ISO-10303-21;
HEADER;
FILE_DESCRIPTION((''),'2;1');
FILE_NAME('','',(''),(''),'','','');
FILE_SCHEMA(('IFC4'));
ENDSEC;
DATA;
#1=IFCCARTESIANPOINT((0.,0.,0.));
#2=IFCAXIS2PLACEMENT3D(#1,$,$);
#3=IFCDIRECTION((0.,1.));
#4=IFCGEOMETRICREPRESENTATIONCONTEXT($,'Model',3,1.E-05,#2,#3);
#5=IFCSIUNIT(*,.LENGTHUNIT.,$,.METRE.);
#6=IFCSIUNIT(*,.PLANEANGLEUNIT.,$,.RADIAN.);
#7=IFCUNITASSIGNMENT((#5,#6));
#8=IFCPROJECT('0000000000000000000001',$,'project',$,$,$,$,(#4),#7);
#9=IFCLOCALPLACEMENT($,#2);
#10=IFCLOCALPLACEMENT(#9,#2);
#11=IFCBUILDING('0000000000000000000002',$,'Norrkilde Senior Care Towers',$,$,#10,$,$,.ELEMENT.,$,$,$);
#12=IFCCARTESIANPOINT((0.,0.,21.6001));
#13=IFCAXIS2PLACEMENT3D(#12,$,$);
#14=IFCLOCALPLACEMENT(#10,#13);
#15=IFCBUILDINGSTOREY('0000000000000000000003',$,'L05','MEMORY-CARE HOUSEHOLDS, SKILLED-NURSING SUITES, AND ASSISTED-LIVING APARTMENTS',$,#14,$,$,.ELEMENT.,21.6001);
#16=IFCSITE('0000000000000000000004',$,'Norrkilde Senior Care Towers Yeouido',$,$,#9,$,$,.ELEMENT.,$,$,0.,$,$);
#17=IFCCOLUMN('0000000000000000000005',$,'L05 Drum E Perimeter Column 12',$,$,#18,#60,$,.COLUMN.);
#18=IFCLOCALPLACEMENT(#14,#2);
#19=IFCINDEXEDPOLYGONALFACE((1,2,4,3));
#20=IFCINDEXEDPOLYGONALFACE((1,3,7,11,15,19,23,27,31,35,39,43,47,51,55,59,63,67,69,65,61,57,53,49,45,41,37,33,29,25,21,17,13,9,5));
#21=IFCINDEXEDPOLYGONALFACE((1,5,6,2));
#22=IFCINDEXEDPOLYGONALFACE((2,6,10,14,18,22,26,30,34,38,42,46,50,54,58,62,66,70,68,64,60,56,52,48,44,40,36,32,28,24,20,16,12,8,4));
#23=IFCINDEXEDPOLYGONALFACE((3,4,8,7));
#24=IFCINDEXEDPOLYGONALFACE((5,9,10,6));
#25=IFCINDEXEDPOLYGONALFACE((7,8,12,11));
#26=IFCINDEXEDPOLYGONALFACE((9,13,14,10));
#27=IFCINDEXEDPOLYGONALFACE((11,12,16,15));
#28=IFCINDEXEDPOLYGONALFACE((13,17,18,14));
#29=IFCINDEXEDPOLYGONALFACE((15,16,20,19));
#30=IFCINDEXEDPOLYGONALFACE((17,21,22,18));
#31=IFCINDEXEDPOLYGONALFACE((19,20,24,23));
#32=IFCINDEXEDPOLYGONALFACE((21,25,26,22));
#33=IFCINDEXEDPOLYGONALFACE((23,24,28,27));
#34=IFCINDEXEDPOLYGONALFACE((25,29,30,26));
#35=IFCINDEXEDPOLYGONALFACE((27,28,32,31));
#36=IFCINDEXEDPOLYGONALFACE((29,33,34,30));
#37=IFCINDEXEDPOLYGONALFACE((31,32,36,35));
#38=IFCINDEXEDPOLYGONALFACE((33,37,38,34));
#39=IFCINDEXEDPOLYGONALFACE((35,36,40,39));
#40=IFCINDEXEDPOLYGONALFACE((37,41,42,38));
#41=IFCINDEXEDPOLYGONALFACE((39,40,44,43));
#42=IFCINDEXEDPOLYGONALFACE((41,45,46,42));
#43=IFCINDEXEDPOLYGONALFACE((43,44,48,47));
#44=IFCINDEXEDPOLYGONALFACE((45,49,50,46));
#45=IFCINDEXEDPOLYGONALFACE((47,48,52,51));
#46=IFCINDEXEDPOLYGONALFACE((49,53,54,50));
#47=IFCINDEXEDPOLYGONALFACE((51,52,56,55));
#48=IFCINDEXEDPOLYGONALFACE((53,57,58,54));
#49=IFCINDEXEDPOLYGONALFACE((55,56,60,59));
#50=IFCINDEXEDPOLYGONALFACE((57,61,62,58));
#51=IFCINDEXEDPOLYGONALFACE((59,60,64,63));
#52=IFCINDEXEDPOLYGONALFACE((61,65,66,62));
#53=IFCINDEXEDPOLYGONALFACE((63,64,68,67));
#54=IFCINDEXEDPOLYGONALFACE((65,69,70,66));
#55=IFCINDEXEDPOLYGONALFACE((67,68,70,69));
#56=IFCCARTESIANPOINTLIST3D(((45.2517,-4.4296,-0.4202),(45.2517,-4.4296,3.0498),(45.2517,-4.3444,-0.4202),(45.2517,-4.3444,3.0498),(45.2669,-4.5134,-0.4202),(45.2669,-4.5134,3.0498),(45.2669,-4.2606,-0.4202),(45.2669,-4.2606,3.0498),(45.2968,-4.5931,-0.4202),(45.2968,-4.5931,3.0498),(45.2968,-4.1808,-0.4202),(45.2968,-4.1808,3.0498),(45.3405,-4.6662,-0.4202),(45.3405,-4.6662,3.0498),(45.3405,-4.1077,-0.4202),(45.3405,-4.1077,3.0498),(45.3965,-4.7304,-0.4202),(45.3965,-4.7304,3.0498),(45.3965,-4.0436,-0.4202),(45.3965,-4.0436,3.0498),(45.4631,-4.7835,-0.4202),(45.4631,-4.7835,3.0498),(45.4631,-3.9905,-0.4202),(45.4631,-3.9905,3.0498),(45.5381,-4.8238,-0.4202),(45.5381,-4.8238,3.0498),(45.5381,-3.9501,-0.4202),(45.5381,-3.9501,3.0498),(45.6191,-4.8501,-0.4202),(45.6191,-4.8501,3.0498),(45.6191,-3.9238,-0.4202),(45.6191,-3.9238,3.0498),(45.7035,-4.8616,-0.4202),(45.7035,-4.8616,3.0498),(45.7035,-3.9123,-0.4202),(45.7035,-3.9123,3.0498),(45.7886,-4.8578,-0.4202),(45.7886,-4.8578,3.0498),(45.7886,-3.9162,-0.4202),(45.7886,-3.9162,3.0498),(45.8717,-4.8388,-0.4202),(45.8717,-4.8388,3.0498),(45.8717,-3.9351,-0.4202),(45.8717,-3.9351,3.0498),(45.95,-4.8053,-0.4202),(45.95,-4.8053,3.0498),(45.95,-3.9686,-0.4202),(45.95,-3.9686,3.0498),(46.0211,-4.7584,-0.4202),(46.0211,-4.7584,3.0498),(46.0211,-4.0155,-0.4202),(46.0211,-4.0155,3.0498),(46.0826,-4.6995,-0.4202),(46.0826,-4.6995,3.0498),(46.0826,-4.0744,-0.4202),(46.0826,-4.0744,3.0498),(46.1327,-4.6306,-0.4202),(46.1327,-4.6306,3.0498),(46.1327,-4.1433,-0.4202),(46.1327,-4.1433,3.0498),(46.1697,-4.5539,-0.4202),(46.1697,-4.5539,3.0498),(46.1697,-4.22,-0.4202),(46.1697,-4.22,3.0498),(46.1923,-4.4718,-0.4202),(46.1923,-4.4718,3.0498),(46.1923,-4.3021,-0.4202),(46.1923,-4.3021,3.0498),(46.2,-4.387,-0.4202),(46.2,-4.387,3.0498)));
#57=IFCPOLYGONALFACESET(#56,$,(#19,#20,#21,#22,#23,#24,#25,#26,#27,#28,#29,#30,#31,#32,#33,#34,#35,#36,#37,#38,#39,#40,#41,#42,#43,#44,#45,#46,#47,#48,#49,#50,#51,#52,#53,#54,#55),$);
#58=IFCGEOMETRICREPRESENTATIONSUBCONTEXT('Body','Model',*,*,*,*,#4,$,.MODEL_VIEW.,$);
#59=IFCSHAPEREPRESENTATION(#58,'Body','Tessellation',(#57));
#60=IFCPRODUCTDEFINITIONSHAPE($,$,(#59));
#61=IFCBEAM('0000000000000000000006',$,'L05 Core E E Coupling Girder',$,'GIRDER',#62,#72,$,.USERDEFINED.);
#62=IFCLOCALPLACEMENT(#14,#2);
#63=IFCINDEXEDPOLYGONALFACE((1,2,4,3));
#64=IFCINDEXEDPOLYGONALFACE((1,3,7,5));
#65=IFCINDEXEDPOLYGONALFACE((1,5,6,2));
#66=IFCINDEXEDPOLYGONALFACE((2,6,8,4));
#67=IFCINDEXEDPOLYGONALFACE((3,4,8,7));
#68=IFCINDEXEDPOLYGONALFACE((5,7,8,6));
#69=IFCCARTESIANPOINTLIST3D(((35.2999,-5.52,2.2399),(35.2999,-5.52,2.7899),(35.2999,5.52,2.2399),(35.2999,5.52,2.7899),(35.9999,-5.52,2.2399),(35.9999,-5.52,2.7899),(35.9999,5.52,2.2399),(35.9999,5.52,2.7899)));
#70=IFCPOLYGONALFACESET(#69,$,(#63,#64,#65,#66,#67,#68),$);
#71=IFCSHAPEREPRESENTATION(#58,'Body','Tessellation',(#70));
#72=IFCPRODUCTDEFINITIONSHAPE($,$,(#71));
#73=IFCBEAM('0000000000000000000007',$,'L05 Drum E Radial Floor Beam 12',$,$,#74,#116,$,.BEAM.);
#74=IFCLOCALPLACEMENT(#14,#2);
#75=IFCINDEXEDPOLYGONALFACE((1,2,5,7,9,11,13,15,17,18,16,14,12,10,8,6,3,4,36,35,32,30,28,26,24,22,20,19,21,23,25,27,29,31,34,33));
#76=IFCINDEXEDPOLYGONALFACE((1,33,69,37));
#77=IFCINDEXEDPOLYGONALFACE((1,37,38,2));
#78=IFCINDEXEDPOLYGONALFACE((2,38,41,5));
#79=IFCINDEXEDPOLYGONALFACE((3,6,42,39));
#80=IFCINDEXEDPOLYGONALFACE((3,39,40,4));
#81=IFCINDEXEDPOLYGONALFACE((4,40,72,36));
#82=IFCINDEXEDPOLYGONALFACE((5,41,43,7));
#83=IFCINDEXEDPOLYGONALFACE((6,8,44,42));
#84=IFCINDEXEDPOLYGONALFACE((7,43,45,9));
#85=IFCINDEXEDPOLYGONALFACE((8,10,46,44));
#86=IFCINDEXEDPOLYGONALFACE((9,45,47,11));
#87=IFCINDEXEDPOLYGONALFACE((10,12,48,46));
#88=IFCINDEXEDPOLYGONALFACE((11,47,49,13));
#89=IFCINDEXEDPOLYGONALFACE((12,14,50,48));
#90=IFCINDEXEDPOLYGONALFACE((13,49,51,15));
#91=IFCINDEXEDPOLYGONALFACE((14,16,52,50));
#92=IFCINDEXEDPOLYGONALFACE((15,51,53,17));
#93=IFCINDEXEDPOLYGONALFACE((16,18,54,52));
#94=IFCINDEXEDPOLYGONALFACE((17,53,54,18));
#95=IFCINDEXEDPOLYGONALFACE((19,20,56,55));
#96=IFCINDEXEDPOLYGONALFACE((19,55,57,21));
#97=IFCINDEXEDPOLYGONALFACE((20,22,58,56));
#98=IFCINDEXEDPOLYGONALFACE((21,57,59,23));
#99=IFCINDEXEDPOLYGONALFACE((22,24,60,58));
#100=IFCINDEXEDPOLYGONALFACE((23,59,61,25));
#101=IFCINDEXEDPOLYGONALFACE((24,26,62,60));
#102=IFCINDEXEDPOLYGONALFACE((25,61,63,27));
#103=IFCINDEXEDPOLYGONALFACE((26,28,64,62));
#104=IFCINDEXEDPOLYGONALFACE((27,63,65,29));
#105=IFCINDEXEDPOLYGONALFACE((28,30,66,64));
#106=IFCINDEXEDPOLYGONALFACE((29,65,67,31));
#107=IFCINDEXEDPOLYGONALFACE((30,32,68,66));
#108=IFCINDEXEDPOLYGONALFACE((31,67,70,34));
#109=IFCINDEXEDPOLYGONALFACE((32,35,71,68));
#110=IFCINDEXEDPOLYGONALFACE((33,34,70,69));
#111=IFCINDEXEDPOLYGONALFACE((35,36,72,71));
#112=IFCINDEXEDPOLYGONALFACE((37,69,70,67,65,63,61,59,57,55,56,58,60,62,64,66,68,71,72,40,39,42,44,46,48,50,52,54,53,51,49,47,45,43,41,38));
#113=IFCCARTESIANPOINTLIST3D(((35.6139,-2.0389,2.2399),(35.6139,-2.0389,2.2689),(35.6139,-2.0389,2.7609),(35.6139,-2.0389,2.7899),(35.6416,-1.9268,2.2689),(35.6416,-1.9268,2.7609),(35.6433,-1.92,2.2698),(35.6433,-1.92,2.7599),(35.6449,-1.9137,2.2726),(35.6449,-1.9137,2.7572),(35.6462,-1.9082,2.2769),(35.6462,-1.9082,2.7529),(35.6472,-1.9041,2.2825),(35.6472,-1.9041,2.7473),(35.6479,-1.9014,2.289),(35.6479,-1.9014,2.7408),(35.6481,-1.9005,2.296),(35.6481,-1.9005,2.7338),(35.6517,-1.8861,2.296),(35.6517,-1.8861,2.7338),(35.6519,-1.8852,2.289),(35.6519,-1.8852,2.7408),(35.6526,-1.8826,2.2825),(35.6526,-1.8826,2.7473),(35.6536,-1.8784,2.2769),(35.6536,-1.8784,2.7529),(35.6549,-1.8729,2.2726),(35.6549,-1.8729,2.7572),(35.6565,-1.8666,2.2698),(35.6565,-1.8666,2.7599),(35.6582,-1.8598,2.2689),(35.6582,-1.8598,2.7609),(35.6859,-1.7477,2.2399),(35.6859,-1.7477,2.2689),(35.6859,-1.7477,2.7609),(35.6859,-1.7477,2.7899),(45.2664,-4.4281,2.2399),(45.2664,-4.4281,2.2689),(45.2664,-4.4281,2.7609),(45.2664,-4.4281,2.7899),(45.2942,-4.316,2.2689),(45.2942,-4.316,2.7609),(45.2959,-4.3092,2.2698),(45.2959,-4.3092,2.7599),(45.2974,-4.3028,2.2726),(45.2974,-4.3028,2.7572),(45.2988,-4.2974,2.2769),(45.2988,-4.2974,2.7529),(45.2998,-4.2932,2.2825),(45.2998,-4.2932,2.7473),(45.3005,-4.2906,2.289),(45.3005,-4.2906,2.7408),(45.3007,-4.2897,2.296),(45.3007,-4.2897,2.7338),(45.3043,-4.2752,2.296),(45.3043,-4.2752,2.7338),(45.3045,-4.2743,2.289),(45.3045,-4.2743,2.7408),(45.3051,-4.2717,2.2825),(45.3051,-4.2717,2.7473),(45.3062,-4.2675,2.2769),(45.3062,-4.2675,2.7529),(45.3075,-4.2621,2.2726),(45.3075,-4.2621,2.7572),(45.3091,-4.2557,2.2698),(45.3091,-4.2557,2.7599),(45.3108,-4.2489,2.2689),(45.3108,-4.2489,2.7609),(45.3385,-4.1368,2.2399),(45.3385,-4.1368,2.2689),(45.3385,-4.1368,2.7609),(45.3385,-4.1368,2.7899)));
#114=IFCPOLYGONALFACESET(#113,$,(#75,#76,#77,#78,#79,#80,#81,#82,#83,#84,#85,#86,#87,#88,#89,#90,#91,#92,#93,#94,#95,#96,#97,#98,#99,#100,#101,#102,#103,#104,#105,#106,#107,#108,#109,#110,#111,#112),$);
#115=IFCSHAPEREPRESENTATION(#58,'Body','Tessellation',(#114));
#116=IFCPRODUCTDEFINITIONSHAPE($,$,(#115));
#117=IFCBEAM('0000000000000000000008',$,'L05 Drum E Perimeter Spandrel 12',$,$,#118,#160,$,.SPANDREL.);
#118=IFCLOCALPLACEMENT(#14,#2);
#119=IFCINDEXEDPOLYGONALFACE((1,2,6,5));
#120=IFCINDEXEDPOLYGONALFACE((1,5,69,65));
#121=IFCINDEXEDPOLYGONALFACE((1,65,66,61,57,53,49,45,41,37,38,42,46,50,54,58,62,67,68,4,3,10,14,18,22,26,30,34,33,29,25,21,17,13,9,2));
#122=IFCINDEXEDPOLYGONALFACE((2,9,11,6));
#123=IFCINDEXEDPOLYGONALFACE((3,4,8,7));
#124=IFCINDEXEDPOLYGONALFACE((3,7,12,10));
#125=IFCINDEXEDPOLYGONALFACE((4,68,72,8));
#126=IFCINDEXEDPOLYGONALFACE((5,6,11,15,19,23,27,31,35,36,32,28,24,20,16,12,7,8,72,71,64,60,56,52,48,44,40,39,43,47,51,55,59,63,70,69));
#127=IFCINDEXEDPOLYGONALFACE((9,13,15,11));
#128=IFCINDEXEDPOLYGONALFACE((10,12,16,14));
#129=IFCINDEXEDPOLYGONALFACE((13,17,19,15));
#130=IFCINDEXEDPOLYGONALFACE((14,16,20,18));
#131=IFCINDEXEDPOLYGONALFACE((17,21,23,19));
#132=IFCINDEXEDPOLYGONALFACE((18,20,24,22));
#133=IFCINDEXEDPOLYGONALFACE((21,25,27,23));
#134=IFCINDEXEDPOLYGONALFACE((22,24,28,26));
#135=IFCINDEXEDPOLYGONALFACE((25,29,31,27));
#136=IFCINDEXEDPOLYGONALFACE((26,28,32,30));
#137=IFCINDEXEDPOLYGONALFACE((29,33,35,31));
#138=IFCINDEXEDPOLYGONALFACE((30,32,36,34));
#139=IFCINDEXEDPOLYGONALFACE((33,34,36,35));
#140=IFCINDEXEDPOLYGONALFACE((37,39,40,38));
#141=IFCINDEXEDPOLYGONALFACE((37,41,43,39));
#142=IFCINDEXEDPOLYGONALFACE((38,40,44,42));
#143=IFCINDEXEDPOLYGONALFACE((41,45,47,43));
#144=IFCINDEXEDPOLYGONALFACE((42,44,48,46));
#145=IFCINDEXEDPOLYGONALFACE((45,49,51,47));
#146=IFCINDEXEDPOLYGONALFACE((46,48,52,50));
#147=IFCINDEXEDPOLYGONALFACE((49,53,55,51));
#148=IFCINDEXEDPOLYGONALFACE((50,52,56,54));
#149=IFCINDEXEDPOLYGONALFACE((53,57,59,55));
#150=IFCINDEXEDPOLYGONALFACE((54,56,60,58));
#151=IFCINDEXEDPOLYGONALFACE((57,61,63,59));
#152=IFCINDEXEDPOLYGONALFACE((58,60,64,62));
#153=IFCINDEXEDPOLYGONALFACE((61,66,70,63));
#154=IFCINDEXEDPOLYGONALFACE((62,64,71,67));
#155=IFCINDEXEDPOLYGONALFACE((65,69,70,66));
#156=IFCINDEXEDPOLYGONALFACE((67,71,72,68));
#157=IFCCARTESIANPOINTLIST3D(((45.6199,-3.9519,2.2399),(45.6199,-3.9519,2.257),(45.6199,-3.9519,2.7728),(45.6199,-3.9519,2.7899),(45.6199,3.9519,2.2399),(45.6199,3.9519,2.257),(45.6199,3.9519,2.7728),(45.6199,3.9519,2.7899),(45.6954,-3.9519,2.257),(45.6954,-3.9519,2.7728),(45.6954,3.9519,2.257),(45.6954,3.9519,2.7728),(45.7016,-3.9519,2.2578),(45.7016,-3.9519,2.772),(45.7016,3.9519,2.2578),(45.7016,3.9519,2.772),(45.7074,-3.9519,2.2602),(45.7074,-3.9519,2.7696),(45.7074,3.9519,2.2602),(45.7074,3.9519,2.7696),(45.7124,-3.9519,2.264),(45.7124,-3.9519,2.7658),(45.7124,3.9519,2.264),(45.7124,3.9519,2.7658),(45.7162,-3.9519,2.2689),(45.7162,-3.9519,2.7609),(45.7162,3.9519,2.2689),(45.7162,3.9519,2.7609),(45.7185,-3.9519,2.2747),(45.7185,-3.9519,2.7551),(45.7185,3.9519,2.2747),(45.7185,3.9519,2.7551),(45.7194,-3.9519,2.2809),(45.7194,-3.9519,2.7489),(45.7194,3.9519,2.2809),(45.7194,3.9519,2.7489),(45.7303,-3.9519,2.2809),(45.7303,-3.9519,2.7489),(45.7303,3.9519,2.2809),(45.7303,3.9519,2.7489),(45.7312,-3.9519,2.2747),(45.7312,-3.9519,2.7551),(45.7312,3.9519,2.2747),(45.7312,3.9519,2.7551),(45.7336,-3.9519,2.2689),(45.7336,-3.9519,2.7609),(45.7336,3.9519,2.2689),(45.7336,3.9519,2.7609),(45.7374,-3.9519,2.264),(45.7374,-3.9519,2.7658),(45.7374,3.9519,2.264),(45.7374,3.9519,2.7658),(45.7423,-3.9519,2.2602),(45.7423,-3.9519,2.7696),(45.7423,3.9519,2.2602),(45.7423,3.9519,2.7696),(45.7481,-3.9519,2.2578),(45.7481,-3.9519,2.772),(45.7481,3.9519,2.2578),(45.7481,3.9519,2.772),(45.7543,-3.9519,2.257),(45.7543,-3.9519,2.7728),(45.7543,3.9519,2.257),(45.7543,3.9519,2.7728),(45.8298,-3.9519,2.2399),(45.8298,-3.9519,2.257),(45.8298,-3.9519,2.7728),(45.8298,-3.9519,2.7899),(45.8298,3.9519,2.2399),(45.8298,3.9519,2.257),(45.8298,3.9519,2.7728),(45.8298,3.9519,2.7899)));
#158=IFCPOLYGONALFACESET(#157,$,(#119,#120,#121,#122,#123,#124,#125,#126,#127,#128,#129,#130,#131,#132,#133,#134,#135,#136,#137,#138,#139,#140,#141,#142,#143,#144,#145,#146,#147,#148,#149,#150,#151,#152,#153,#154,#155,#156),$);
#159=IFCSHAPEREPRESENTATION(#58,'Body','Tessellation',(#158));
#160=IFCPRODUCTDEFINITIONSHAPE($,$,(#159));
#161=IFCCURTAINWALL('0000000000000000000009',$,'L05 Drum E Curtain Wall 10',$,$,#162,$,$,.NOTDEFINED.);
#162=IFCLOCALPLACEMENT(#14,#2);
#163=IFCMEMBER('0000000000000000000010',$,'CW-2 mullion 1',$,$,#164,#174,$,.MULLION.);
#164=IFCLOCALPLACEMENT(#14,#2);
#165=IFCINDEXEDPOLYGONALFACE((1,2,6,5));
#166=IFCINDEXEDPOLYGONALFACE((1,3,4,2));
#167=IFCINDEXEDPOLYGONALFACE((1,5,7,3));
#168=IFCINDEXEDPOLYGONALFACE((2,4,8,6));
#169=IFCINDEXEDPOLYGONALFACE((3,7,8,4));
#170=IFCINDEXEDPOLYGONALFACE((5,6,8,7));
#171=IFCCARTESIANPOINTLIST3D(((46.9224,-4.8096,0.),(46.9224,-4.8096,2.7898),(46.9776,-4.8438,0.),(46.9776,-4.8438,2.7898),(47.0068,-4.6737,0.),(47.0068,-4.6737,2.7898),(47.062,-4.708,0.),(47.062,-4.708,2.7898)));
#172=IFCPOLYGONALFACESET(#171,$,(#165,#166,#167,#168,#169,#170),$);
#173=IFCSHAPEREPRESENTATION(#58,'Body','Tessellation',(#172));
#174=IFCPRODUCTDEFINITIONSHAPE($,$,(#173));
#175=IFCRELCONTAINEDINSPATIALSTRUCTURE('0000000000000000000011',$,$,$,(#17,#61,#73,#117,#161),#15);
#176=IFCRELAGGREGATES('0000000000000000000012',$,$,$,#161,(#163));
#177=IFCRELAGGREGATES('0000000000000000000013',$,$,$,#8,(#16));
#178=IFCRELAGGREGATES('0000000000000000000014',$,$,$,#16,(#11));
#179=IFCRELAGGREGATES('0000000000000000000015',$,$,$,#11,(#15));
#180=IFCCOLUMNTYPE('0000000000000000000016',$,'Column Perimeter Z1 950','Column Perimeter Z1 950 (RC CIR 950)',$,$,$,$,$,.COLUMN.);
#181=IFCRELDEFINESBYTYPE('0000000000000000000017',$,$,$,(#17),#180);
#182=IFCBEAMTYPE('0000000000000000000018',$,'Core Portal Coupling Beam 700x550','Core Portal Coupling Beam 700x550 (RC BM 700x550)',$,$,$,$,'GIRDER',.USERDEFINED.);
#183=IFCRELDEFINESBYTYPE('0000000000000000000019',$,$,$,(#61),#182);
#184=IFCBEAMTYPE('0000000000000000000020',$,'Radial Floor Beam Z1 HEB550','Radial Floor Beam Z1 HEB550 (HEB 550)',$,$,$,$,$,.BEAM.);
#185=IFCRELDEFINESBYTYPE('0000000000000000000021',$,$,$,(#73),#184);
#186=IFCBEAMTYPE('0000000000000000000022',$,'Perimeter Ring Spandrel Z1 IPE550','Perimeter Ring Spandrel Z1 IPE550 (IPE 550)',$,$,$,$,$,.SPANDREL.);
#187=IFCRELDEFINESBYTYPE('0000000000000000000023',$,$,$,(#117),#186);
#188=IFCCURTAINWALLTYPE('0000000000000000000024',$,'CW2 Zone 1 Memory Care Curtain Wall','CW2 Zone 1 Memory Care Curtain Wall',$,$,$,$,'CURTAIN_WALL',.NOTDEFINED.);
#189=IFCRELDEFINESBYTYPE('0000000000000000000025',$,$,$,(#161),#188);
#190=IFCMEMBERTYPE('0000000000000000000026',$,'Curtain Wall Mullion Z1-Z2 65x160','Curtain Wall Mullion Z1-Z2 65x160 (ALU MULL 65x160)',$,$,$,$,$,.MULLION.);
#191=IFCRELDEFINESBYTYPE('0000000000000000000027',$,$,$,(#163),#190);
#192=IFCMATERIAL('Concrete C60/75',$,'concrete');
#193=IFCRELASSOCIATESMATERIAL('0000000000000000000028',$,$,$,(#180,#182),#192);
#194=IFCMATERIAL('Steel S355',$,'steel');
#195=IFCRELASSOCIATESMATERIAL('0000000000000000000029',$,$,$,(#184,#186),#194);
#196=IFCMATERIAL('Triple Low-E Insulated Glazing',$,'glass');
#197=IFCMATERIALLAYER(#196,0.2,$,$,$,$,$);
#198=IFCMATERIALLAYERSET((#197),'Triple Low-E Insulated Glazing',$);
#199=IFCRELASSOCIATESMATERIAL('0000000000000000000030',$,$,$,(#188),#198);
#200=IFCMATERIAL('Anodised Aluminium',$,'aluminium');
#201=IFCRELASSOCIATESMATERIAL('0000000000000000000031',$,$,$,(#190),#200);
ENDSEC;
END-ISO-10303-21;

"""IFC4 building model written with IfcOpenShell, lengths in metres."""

from ifc_helpers import new_model, si_unit, direction, frame, origin, origin_2d, place, context, subcontext, project, spatial, rectangle, circle, i_section, extrude, source, transform, mapped, material, layer, layer_set, material_profile, profile_set, type_object, type_shapes, element, aggregate, save


model = new_model("IFC4")

# Units and contexts
model_context = context("Model", 3, precision=1e-05, world=origin(), true_north=direction((0.0, 1.0)))
body_context = subcontext(model_context, "Body", "Model", "MODEL_VIEW")
ifc_project = project(units=[si_unit("LENGTHUNIT", "METRE"), si_unit("PLANEANGLEUNIT", "RADIAN")], contexts=[model_context])

# Site, building, storey
site_placement = place(None, origin())
site = spatial("IfcSite", under=ifc_project, at=site_placement, Name="Norrkilde Senior Care Towers Yeouido", CompositionType="ELEMENT", RefElevation=0.0)
building_placement = place(site_placement, origin())
building = spatial("IfcBuilding", under=site, at=building_placement, Name="Norrkilde Senior Care Towers", CompositionType="ELEMENT")
storey_placement = place(building_placement, frame((0.0, 0.0, 21.6001)))
storey = spatial("IfcBuildingStorey", under=building, at=storey_placement, Name="L05", Description="MEMORY-CARE HOUSEHOLDS, SKILLED-NURSING SUITES, AND ASSISTED-LIVING APARTMENTS", CompositionType="ELEMENT", Elevation=21.6001)

# Column
ifc_material_1 = material(Name="Concrete C60/75", Category="concrete")
ifc_material_profile_1 = material_profile(ifc_material_1, circle(Radius=0.4751, at=origin_2d()), Name="RC CIR 950")
ifc_profile_set_1 = profile_set([ifc_material_profile_1], Name="Concrete C60/75")
column_type = type_object("IfcColumnType", Name="Column Perimeter Z1 950", Description="Column Perimeter Z1 950 (RC CIR 950)", PredefinedType="COLUMN", material=ifc_profile_set_1)
shared_shape_1 = source(origin(), body_context, "Body", "SweptSolid", [
    extrude(circle(Radius=0.4751, at=origin_2d()), origin(), (0.0, 0.0, 1.0), 3.47),
])
type_shapes(column_type, [shared_shape_1])
column_placement = place(storey_placement, frame((45.7249, -4.387, -0.4202), z_axis=(0.0, 0.0, 1.0), x_axis=(1.0, 0.0, 0.0)))
element("IfcColumn", 1, at=column_placement, inside=storey, type_object=column_type, Name="L05 Drum E Perimeter Column 12", PredefinedType="COLUMN", context=body_context, shape_type="MappedRepresentation", body=[
    mapped(shared_shape_1, transform((0.0, 0.0, 0.0), x_axis=(1.0, 0.0, 0.0), y_axis=(0.0, 1.0, 0.0), z_axis=(0.0, 0.0, 1.0), scale=1.0)),
])

# Beams
ifc_material_profile_2 = material_profile(ifc_material_1, rectangle(XDim=0.7, YDim=0.55, at=origin_2d()), Name="RC BM 700x550")
ifc_profile_set_2 = profile_set([ifc_material_profile_2], Name="Concrete C60/75")
beam_type_1 = type_object("IfcBeamType", Name="Core Portal Coupling Beam 700x550", Description="Core Portal Coupling Beam 700x550 (RC BM 700x550)", ElementType="GIRDER", PredefinedType="USERDEFINED", material=ifc_profile_set_2)
shared_shape_2 = source(origin(), body_context, "Body", "SweptSolid", [
    extrude(rectangle(XDim=0.7, YDim=0.55, at=origin_2d()), origin(), (0.0, 0.0, 1.0), 11.04),
])
type_shapes(beam_type_1, [shared_shape_2])
beam_1_placement = place(storey_placement, frame((35.6499, -5.52, 2.5149), z_axis=(0.0, 1.0, 0.0), x_axis=(-1.0, 0.0, 0.0)))
element("IfcBeam", 2, at=beam_1_placement, inside=storey, type_object=beam_type_1, Name="L05 Core E E Coupling Girder", ObjectType="GIRDER", PredefinedType="USERDEFINED", context=body_context, shape_type="MappedRepresentation", body=[
    mapped(shared_shape_2, transform((0.0, 0.0, 0.0), x_axis=(1.0, 0.0, 0.0), y_axis=(0.0, 1.0, 0.0), z_axis=(0.0, 0.0, 1.0), scale=1.0)),
])
ifc_material_2 = material(Name="Steel S355", Category="steel")
ifc_material_profile_3 = material_profile(ifc_material_2, i_section(OverallWidth=0.3, OverallDepth=0.55, WebThickness=0.0149, FlangeThickness=0.0291, FilletRadius=0.0271, at=origin_2d()), Name="HEB 550")
ifc_profile_set_3 = profile_set([ifc_material_profile_3], Name="Steel S355")
beam_type_2 = type_object("IfcBeamType", Name="Radial Floor Beam Z1 HEB550", Description="Radial Floor Beam Z1 HEB550 (HEB 550)", PredefinedType="BEAM", material=ifc_profile_set_3)
shared_shape_3 = source(origin(), body_context, "Body", "SweptSolid", [
    extrude(i_section(OverallWidth=0.3, OverallDepth=0.55, WebThickness=0.0149, FlangeThickness=0.0291, FilletRadius=0.0271, at=origin_2d()), origin(), (0.0, 0.0, 1.0), 9.9438),
])
type_shapes(beam_type_2, [shared_shape_3])
beam_2_placement = place(storey_placement, frame((35.6499, -1.8933, 2.5149), z_axis=(0.970707, -0.240265, 0.0), x_axis=(0.240265, 0.970707, 0.0)))
element("IfcBeam", 3, at=beam_2_placement, inside=storey, type_object=beam_type_2, Name="L05 Drum E Radial Floor Beam 12", PredefinedType="BEAM", context=body_context, shape_type="MappedRepresentation", body=[
    mapped(shared_shape_3, transform((0.0, 0.0, 0.0), x_axis=(1.0, 0.0, 0.0), y_axis=(0.0, 1.0, 0.0), z_axis=(0.0, 0.0, 1.0), scale=1.0)),
])
ifc_material_profile_4 = material_profile(ifc_material_2, i_section(OverallWidth=0.21, OverallDepth=0.55, WebThickness=0.011, FlangeThickness=0.0171, FilletRadius=0.0239, at=origin_2d()), Name="IPE 550")
ifc_profile_set_4 = profile_set([ifc_material_profile_4], Name="Steel S355")
beam_type_3 = type_object("IfcBeamType", Name="Perimeter Ring Spandrel Z1 IPE550", Description="Perimeter Ring Spandrel Z1 IPE550 (IPE 550)", PredefinedType="SPANDREL", material=ifc_profile_set_4)
shared_shape_4 = source(origin(), body_context, "Body", "SweptSolid", [
    extrude(i_section(OverallWidth=0.21, OverallDepth=0.55, WebThickness=0.011, FlangeThickness=0.0171, FilletRadius=0.0239, at=origin_2d()), origin(), (0.0, 0.0, 1.0), 7.9038),
])
type_shapes(beam_type_3, [shared_shape_4])
beam_3_placement = place(storey_placement, frame((45.7249, -3.9519, 2.5149), z_axis=(0.0, 1.0, 0.0), x_axis=(-1.0, 0.0, 0.0)))
element("IfcBeam", 4, at=beam_3_placement, inside=storey, type_object=beam_type_3, Name="L05 Drum E Perimeter Spandrel 12", PredefinedType="SPANDREL", context=body_context, shape_type="MappedRepresentation", body=[
    mapped(shared_shape_4, transform((0.0, 0.0, 0.0), x_axis=(1.0, 0.0, 0.0), y_axis=(0.0, 1.0, 0.0), z_axis=(0.0, 0.0, 1.0), scale=1.0)),
])

# Curtain wall, member
ifc_material_3 = material(Name="Triple Low-E Insulated Glazing", Category="glass")
ifc_layer_1 = layer(ifc_material_3, 0.2)
ifc_layer_set_1 = layer_set([ifc_layer_1], Name="Triple Low-E Insulated Glazing")
curtain_wall_type = type_object("IfcCurtainWallType", Name="CW2 Zone 1 Memory Care Curtain Wall", Description="CW2 Zone 1 Memory Care Curtain Wall", ElementType="CURTAIN_WALL", PredefinedType="NOTDEFINED", material=ifc_layer_set_1)
curtain_wall_1_placement = place(storey_placement, origin())
curtain_wall_1 = element("IfcCurtainWall", 5, at=curtain_wall_1_placement, inside=storey, type_object=curtain_wall_type, Name="L05 Drum E Curtain Wall 10", PredefinedType="NOTDEFINED")
ifc_material_4 = material(Name="Anodised Aluminium", Category="aluminium")
ifc_material_profile_5 = material_profile(ifc_material_4, rectangle(XDim=0.0649, YDim=0.1599, at=origin_2d()), Name="ALU MULL 65x160")
ifc_profile_set_5 = profile_set([ifc_material_profile_5], Name="Anodised Aluminium")
member_type_1 = type_object("IfcMemberType", Name="Curtain Wall Mullion Z1-Z2 65x160", Description="Curtain Wall Mullion Z1-Z2 65x160 (ALU MULL 65x160)", PredefinedType="MULLION", material=ifc_profile_set_5)
shared_shape_5 = source(origin(), body_context, "Body", "SweptSolid", [
    extrude(rectangle(XDim=0.0649, YDim=0.1599, at=origin_2d()), origin(), (0.0, 0.0, 1.0), 2.7898),
])
type_shapes(member_type_1, [shared_shape_5])
member_1_placement = place(storey_placement, frame((46.9922, -4.7588, 0.0), z_axis=(0.0, 0.0, 1.0), x_axis=(0.849306, -0.527901, 0.0)))
member_1 = element("IfcMember", 6, at=member_1_placement, type_object=member_type_1, Name="CW-2 mullion 1", PredefinedType="MULLION", context=body_context, shape_type="MappedRepresentation", body=[
    mapped(shared_shape_5, transform((0.0, 0.0, 0.0), x_axis=(1.0, 0.0, 0.0), y_axis=(0.0, 1.0, 0.0), z_axis=(0.0, 0.0, 1.0), scale=1.0)),
])

aggregate(curtain_wall_1, [member_1])

save(model, "model.ifc")
